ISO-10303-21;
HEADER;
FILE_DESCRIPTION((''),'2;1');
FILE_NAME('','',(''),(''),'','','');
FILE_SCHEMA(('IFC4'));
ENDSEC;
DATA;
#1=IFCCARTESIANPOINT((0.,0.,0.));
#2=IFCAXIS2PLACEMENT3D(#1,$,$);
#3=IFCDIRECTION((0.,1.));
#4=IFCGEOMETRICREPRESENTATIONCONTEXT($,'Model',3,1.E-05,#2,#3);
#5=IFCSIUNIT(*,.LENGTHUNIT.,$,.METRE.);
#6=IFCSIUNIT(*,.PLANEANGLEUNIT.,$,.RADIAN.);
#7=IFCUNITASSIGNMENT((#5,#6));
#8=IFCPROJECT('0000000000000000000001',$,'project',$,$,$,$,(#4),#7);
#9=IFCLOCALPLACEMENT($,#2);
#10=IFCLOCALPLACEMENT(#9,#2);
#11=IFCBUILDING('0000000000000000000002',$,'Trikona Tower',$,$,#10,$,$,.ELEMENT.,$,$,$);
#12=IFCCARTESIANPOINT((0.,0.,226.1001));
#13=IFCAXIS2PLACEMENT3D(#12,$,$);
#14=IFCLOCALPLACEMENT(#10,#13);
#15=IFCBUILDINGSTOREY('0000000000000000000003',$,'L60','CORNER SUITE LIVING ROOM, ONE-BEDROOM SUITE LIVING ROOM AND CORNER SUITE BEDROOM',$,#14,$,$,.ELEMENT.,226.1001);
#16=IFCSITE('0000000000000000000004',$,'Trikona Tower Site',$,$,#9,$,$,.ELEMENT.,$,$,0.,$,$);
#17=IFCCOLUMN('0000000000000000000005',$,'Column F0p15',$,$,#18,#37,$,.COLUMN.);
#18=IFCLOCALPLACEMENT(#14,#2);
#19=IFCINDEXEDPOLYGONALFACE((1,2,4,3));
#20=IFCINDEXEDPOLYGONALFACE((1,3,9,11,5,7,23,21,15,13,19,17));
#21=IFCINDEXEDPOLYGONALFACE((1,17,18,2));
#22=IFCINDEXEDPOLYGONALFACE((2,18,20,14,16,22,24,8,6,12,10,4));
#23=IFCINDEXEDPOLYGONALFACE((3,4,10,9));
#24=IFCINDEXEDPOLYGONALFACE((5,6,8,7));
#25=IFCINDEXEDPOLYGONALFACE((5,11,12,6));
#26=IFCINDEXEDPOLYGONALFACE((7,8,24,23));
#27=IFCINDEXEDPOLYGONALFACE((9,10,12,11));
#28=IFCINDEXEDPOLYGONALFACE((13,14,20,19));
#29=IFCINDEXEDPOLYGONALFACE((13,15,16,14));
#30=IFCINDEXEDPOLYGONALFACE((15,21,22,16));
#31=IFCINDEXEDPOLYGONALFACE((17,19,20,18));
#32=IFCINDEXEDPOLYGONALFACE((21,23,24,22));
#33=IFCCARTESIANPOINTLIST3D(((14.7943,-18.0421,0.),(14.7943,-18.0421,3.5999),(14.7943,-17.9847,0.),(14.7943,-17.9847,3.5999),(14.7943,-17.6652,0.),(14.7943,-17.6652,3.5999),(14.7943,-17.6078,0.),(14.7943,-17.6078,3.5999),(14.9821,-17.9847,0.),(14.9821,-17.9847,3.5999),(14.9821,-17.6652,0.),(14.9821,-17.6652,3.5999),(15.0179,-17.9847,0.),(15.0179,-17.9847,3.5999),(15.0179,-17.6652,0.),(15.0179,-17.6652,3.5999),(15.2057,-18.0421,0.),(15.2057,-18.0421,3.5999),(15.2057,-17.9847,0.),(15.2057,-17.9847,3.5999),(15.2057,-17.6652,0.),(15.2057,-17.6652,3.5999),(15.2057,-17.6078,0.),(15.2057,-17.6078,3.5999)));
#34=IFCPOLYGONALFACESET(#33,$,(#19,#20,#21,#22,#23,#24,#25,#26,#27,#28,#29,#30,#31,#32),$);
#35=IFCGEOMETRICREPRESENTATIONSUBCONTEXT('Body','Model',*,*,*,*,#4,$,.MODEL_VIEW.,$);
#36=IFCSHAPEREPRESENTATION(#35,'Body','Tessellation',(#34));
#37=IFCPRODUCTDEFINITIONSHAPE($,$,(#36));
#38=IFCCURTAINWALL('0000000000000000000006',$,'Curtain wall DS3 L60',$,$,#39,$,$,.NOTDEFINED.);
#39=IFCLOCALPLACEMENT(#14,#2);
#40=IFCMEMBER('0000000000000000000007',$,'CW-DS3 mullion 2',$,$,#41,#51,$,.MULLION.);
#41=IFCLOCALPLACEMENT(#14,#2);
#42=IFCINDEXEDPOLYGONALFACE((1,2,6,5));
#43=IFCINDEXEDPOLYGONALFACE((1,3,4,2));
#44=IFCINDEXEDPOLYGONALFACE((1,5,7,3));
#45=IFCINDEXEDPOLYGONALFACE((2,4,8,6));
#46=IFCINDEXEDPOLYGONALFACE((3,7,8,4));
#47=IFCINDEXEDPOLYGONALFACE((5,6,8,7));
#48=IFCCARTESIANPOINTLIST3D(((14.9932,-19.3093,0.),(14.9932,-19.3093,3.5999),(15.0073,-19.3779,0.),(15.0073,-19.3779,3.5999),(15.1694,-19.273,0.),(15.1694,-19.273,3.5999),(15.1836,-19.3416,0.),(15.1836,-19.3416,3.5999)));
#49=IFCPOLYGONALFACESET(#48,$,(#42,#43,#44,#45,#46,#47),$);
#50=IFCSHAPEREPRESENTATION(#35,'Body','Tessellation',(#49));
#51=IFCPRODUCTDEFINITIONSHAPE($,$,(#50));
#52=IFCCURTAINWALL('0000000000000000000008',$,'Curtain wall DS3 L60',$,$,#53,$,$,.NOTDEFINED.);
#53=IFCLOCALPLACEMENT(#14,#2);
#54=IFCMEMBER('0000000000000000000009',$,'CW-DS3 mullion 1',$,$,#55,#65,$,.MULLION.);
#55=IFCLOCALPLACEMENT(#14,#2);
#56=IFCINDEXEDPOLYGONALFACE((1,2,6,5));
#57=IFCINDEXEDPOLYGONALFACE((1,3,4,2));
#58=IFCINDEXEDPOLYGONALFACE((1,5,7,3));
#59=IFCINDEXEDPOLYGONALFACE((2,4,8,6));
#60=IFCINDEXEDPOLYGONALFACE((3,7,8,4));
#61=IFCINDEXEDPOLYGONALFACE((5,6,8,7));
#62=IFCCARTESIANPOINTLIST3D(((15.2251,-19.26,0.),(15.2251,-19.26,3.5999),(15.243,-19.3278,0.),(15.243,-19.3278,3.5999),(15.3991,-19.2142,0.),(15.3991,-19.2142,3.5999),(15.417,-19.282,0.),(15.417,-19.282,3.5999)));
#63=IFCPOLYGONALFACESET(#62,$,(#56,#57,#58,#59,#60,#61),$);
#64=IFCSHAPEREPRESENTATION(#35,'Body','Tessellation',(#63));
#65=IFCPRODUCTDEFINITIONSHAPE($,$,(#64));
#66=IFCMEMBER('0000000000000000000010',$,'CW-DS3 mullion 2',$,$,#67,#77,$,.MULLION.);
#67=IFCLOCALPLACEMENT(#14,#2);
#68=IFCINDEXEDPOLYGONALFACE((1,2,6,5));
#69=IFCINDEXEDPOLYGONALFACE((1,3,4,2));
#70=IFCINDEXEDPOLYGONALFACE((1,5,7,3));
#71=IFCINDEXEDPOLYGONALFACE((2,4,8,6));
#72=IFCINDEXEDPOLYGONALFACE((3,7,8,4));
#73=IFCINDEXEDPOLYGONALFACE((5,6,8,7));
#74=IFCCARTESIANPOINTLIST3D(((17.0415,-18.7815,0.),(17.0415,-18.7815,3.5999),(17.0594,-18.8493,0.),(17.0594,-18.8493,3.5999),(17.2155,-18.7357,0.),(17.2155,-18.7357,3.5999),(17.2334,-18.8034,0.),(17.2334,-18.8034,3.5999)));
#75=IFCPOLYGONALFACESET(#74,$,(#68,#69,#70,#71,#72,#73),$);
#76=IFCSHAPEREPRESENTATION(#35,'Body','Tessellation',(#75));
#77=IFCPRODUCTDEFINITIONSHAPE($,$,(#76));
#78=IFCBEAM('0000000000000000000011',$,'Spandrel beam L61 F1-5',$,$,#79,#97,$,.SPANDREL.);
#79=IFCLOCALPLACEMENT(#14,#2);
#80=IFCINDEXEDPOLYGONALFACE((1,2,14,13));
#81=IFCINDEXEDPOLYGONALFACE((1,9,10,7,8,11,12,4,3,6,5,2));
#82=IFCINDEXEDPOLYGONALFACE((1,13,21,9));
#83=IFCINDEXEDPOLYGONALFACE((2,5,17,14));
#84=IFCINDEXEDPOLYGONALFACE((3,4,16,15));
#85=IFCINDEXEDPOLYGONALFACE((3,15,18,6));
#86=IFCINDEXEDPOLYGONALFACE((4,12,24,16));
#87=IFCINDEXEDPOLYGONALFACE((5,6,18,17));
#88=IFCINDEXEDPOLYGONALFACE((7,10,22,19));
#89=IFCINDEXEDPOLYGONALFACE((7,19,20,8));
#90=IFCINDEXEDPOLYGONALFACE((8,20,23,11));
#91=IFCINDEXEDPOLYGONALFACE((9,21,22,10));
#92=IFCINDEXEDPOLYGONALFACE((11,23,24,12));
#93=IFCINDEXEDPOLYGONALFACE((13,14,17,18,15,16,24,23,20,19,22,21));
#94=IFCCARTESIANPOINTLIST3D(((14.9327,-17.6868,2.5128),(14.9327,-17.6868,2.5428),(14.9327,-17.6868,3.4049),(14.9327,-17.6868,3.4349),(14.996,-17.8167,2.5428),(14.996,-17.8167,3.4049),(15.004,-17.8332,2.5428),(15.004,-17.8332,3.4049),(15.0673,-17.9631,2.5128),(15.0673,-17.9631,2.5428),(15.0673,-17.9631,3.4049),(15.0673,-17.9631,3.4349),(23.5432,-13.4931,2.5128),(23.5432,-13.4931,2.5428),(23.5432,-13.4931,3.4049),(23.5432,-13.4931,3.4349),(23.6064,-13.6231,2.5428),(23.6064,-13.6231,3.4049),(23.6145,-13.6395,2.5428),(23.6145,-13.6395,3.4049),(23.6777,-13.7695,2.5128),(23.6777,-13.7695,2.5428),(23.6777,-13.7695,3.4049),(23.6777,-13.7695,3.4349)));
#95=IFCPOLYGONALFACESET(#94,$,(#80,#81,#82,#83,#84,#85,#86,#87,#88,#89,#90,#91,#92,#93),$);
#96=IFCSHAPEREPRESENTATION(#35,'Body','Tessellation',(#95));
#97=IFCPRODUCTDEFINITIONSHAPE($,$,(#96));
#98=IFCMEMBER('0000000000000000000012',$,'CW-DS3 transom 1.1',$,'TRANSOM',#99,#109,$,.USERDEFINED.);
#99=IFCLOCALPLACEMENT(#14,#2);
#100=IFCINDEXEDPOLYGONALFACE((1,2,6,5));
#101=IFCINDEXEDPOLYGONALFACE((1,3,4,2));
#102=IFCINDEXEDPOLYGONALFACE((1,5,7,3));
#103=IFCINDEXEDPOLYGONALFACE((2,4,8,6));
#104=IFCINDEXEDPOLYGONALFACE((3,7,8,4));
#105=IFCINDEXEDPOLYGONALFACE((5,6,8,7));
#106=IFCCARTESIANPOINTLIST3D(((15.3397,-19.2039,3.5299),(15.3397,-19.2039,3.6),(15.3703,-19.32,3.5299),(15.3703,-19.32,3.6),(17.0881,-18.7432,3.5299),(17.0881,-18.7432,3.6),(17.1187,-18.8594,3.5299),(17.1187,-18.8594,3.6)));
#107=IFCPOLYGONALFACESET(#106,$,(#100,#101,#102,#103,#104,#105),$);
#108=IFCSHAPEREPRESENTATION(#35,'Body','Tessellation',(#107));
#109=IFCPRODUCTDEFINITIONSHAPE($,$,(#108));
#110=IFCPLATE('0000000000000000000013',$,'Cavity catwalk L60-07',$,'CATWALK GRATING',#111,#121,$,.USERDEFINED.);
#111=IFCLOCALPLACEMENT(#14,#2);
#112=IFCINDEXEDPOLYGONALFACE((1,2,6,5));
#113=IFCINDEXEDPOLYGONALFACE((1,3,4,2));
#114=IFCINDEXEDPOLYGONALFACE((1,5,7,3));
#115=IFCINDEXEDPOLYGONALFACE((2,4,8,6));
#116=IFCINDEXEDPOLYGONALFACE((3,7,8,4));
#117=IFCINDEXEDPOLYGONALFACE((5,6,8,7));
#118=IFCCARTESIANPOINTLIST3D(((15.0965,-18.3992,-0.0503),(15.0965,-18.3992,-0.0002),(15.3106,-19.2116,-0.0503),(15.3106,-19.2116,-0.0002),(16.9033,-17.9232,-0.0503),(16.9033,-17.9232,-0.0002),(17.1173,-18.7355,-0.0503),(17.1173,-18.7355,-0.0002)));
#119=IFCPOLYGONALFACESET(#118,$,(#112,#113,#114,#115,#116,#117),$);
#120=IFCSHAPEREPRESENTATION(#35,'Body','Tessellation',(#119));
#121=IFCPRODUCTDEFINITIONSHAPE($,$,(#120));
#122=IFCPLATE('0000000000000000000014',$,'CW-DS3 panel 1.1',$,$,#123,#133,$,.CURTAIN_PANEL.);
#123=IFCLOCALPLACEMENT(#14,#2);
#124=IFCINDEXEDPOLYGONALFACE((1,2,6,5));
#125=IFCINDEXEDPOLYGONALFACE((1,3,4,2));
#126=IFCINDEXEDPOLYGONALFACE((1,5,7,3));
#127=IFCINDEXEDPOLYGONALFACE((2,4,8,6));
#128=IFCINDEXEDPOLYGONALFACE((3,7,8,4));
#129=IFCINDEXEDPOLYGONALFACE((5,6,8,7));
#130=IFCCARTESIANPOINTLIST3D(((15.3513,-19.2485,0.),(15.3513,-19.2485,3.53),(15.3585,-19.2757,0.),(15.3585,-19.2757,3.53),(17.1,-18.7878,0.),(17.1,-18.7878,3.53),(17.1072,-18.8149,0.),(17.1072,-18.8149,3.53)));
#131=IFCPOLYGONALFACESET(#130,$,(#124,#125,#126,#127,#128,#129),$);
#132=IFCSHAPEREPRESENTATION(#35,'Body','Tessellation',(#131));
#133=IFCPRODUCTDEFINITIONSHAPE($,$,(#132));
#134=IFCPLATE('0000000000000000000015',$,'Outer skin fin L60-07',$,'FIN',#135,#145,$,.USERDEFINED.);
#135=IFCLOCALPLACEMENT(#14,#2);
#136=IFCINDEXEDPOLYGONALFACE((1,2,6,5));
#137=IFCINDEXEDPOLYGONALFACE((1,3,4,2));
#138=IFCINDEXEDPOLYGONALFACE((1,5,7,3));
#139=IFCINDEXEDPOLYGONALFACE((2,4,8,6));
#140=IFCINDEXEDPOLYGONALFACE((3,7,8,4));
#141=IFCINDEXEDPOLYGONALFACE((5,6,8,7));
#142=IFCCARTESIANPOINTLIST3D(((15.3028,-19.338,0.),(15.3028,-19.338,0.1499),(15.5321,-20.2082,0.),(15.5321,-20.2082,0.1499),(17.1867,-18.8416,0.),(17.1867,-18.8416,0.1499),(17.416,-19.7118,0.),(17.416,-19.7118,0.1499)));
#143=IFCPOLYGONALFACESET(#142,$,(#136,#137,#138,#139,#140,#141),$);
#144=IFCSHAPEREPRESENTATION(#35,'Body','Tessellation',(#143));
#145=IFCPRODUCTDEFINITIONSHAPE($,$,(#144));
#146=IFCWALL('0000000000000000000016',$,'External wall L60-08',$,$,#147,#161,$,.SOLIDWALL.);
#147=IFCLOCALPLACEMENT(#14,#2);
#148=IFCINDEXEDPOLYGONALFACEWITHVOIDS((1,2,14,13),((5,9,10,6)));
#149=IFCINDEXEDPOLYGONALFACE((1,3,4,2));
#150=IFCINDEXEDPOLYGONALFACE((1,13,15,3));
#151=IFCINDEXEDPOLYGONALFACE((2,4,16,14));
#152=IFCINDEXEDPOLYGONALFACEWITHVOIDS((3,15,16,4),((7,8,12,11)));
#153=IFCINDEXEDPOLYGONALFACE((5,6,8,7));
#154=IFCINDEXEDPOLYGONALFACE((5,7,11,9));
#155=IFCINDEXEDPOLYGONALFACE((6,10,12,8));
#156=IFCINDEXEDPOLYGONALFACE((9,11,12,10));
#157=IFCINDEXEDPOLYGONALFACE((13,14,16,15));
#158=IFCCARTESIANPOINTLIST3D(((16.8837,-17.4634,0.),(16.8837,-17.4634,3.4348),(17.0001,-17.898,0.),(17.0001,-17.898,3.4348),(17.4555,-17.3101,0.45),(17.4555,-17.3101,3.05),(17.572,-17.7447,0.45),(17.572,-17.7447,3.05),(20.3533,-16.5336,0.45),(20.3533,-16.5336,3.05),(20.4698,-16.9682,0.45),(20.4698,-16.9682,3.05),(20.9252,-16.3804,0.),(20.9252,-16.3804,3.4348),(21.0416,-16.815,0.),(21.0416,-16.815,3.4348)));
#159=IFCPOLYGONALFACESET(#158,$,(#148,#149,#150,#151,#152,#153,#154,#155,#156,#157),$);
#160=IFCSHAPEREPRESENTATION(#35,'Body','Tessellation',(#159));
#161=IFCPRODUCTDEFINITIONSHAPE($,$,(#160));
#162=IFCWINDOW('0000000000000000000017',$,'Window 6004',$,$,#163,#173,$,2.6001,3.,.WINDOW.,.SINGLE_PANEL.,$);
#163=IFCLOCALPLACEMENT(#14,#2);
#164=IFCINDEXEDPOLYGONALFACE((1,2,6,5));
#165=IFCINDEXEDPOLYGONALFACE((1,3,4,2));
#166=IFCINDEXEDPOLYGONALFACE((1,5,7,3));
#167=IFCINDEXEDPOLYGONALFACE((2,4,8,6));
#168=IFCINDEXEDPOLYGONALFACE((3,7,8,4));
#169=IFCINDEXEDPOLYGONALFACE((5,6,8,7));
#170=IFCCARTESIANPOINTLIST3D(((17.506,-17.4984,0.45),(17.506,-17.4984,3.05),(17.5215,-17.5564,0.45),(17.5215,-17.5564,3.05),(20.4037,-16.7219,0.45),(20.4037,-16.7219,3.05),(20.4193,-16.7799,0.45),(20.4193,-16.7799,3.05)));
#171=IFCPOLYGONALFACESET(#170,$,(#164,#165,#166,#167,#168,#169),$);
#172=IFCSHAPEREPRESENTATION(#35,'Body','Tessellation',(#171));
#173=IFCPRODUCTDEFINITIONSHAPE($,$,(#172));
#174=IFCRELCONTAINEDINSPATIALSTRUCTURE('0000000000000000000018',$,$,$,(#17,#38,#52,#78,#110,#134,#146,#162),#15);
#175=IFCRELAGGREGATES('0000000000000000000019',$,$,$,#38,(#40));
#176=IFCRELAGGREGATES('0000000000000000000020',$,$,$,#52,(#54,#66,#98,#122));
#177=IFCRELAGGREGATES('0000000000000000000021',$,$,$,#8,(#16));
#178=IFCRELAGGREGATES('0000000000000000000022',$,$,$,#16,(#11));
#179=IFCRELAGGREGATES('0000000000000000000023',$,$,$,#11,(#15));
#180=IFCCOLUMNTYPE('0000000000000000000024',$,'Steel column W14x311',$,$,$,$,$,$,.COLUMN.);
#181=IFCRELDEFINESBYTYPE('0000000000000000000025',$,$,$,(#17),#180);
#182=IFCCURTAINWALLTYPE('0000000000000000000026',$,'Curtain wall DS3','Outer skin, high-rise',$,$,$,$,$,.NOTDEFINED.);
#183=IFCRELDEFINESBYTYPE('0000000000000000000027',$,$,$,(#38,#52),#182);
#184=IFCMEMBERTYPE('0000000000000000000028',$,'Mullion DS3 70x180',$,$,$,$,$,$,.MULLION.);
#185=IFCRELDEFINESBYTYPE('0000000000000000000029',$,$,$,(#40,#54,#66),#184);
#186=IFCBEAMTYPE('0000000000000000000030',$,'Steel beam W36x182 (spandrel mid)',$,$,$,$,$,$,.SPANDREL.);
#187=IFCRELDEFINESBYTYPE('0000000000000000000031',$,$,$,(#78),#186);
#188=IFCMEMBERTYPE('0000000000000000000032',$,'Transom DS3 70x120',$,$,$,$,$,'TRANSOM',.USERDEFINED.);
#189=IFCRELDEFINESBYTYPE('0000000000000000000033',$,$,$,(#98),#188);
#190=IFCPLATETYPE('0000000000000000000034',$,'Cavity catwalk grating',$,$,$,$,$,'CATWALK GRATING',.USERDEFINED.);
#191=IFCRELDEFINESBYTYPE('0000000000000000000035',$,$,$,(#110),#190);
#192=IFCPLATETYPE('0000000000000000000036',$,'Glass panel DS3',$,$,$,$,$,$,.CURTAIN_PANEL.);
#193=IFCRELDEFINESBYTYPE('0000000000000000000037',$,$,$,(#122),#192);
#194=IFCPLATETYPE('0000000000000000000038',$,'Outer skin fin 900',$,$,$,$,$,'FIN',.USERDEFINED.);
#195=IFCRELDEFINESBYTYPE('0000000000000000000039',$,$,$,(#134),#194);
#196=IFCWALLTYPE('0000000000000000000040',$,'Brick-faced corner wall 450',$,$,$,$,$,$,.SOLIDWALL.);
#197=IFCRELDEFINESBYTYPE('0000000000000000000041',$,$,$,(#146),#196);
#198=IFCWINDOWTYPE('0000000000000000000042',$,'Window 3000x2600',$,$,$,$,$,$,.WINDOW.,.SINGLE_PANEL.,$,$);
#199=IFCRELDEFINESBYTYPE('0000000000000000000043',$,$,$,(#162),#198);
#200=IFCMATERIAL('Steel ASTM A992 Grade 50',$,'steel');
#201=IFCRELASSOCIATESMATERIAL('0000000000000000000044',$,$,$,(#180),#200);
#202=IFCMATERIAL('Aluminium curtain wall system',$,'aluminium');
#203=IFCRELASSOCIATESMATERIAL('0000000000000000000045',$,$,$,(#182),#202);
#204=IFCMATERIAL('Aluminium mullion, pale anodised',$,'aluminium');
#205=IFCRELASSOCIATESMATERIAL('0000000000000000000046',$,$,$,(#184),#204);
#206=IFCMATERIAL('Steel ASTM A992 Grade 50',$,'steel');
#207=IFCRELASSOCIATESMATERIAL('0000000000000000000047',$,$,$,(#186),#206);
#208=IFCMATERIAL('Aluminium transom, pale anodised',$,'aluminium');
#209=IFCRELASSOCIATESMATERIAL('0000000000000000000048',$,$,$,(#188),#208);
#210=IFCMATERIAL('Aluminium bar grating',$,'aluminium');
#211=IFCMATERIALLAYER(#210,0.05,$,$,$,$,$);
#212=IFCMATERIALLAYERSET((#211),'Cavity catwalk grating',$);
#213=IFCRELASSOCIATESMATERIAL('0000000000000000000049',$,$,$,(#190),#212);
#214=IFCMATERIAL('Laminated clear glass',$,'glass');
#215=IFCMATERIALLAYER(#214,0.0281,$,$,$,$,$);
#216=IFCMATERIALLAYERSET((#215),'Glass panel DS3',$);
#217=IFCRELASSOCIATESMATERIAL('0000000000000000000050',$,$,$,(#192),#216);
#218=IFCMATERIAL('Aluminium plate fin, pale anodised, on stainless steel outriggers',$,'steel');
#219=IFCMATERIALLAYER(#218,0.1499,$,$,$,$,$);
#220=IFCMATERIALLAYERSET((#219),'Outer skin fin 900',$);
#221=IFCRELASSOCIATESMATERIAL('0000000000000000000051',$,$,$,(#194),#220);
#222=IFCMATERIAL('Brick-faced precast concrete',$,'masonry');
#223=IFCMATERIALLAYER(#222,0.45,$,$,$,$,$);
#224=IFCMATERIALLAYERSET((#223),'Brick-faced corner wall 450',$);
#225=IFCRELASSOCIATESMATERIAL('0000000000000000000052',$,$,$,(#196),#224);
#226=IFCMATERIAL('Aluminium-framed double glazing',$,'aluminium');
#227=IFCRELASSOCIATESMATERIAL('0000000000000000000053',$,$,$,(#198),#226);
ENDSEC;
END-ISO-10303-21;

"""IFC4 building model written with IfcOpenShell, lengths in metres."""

from ifc_helpers import new_model, si_unit, direction, frame, frame_2d, origin, origin_2d, place, context, subcontext, project, spatial, rectangle, i_section, extrude, material, layer, layer_set, material_profile, profile_set, type_object, element, fill, aggregate, save


model = new_model("IFC4")

# Units and contexts
model_context = context("Model", 3, precision=1e-05, world=origin(), true_north=direction((0.0, 1.0)))
body_context = subcontext(model_context, "Body", "Model", "MODEL_VIEW")
ifc_project = project(units=[si_unit("LENGTHUNIT", "METRE"), si_unit("PLANEANGLEUNIT", "RADIAN")], contexts=[model_context])

# Site, building, storey
site_placement = place(None, origin())
site = spatial("IfcSite", under=ifc_project, at=site_placement, Name="Trikona Tower Site", CompositionType="ELEMENT", RefElevation=0.0)
building_placement = place(site_placement, origin())
building = spatial("IfcBuilding", under=site, at=building_placement, Name="Trikona Tower", CompositionType="ELEMENT")
storey_placement = place(building_placement, frame((0.0, 0.0, 226.1001)))
storey = spatial("IfcBuildingStorey", under=building, at=storey_placement, Name="L60", Description="CORNER SUITE LIVING ROOM, ONE-BEDROOM SUITE LIVING ROOM AND CORNER SUITE BEDROOM", CompositionType="ELEMENT", Elevation=226.1001)

# Column
ifc_material_1 = material(Name="Steel ASTM A992 Grade 50", Category="steel")
ifc_material_profile_1 = material_profile(ifc_material_1, i_section(OverallWidth=0.4114, OverallDepth=0.4343, WebThickness=0.0359, FlangeThickness=0.0574, at=origin_2d()), Name="W14X311")
ifc_profile_set_1 = profile_set([ifc_material_profile_1], Name="Steel ASTM A992 Grade 50")
column_type = type_object("IfcColumnType", Name="Steel column W14x311", PredefinedType="COLUMN", material=ifc_profile_set_1)
column_placement = place(storey_placement, frame((15.0, -17.825, 0.0), z_axis=(0.0, 0.0, 1.0), x_axis=(1.0, 0.0, 0.0)))
element("IfcColumn", 1, at=column_placement, inside=storey, type_object=column_type, Name="Column F0p15", PredefinedType="COLUMN", context=body_context, shape_type="SweptSolid", body=[
    extrude(i_section(OverallWidth=0.4114, OverallDepth=0.4343, WebThickness=0.0359, FlangeThickness=0.0574, at=origin_2d()), origin(), (0.0, 0.0, 1.0), 3.5999),
])

# Curtain wall, member
ifc_material_2 = material(Name="Aluminium curtain wall system", Category="aluminium")
curtain_wall_type = type_object("IfcCurtainWallType", Name="Curtain wall DS3", Description="Outer skin, high-rise", PredefinedType="NOTDEFINED", material=ifc_material_2)
curtain_wall_1_placement = place(storey_placement, origin())
curtain_wall_1 = element("IfcCurtainWall", 2, at=curtain_wall_1_placement, inside=storey, type_object=curtain_wall_type, Name="Curtain wall DS3 L60", PredefinedType="NOTDEFINED")
ifc_material_3 = material(Name="Aluminium mullion, pale anodised", Category="aluminium")
ifc_material_profile_2 = material_profile(ifc_material_3, rectangle(XDim=0.0701, YDim=0.1799, at=origin_2d()), Name="MUL-DS3")
ifc_profile_set_2 = profile_set([ifc_material_profile_2], Name="Aluminium mullion, pale anodised")
member_type_1 = type_object("IfcMemberType", Name="Mullion DS3 70x180", PredefinedType="MULLION", material=ifc_profile_set_2)
member_1_placement = place(storey_placement, frame((15.0884, -19.3254, 0.0), z_axis=(0.0, 0.0, 1.0), x_axis=(-0.201653, 0.979457, 0.0)))
member_1 = element("IfcMember", 3, at=member_1_placement, type_object=member_type_1, Name="CW-DS3 mullion 2", PredefinedType="MULLION", context=body_context, shape_type="SweptSolid", body=[
    extrude(rectangle(XDim=0.0701, YDim=0.1799, at=origin_2d()), origin(), (0.0, 0.0, 1.0), 3.5999),
])
aggregate(curtain_wall_1, [member_1])

# Curtain wall, members
curtain_wall_2_placement = place(storey_placement, origin())
curtain_wall_2 = element("IfcCurtainWall", 4, at=curtain_wall_2_placement, inside=storey, type_object=curtain_wall_type, Name="Curtain wall DS3 L60", PredefinedType="NOTDEFINED")
member_2_placement = place(storey_placement, frame((15.321, -19.271, 0.0), z_axis=(0.0, 0.0, 1.0), x_axis=(-0.254786, 0.966997, 0.0)))
member_2 = element("IfcMember", 5, at=member_2_placement, type_object=member_type_1, Name="CW-DS3 mullion 1", PredefinedType="MULLION", context=body_context, shape_type="SweptSolid", body=[
    extrude(rectangle(XDim=0.0701, YDim=0.1799, at=origin_2d()), origin(), (0.0, 0.0, 1.0), 3.5999),
])
member_3_placement = place(storey_placement, frame((17.1375, -18.7925, 0.0), z_axis=(0.0, 0.0, 1.0), x_axis=(-0.254786, 0.966997, 0.0)))
member_3 = element("IfcMember", 6, at=member_3_placement, type_object=member_type_1, Name="CW-DS3 mullion 2", PredefinedType="MULLION", context=body_context, shape_type="SweptSolid", body=[
    extrude(rectangle(XDim=0.0701, YDim=0.1799, at=origin_2d()), origin(), (0.0, 0.0, 1.0), 3.5999),
])

# Beam
ifc_material_4 = material(Name="Steel ASTM A992 Grade 50", Category="steel")
ifc_material_profile_3 = material_profile(ifc_material_4, i_section(OverallWidth=0.3074, OverallDepth=0.9221, WebThickness=0.0183, FlangeThickness=0.03, at=origin_2d()), Name="W36X182")
ifc_profile_set_3 = profile_set([ifc_material_profile_3], Name="Steel ASTM A992 Grade 50")
beam_type = type_object("IfcBeamType", Name="Steel beam W36x182 (spandrel mid)", PredefinedType="SPANDREL", material=ifc_profile_set_3)
beam_placement = place(storey_placement, frame((15.0, -17.825, 2.9739), z_axis=(0.899039, 0.43787, 0.0), x_axis=(-0.43787, 0.899039, 0.0)))
element("IfcBeam", 7, at=beam_placement, inside=storey, type_object=beam_type, Name="Spandrel beam L61 F1-5", PredefinedType="SPANDREL", context=body_context, shape_type="SweptSolid", body=[
    extrude(i_section(OverallWidth=0.3074, OverallDepth=0.9221, WebThickness=0.0183, FlangeThickness=0.03, at=origin_2d()), origin(), (0.0, 0.0, 1.0), 9.5774),
])

# Member
ifc_material_5 = material(Name="Aluminium transom, pale anodised", Category="aluminium")
ifc_material_profile_4 = material_profile(ifc_material_5, rectangle(XDim=0.1201, YDim=0.0701, at=origin_2d()), Name="TRN-DS3")
ifc_profile_set_4 = profile_set([ifc_material_profile_4], Name="Aluminium transom, pale anodised")
member_type_2 = type_object("IfcMemberType", Name="Transom DS3 70x120", ElementType="TRANSOM", PredefinedType="USERDEFINED", material=ifc_profile_set_4)
member_4_placement = place(storey_placement, frame((15.355, -19.262, 3.5649), z_axis=(0.966999, 0.254779, 0.0), x_axis=(-0.254779, 0.966999, 0.0)))
member_4 = element("IfcMember", 8, at=member_4_placement, type_object=member_type_2, Name="CW-DS3 transom 1.1", ObjectType="TRANSOM", PredefinedType="USERDEFINED", context=body_context, shape_type="SweptSolid", body=[
    extrude(rectangle(XDim=0.1201, YDim=0.0701, at=origin_2d()), origin(), (0.0, 0.0, 1.0), 1.8081),
])

# Plates
ifc_material_6 = material(Name="Aluminium bar grating", Category="aluminium")
ifc_layer_1 = layer(ifc_material_6, 0.05)
ifc_layer_set_1 = layer_set([ifc_layer_1], Name="Cavity catwalk grating")
plate_type_1 = type_object("IfcPlateType", Name="Cavity catwalk grating", ElementType="CATWALK GRATING", PredefinedType="USERDEFINED", material=ifc_layer_set_1)
plate_1_placement = place(storey_placement, frame((16.1069, -18.5674, -0.0503), z_axis=(0.0, 0.0, 1.0), x_axis=(0.966993, 0.254803, 0.0)))
element("IfcPlate", 9, at=plate_1_placement, inside=storey, type_object=plate_type_1, Name="Cavity catwalk L60-07", ObjectType="CATWALK GRATING", PredefinedType="USERDEFINED", context=body_context, shape_type="SweptSolid", body=[
    extrude(rectangle(XDim=1.8684, YDim=0.8401, at=origin_2d()), origin(), (0.0, 0.0, 1.0), 0.05),
])
ifc_material_7 = material(Name="Laminated clear glass", Category="glass")
ifc_layer_2 = layer(ifc_material_7, 0.0281)
ifc_layer_set_2 = layer_set([ifc_layer_2], Name="Glass panel DS3")
plate_type_2 = type_object("IfcPlateType", Name="Glass panel DS3", PredefinedType="CURTAIN_PANEL", material=ifc_layer_set_2)
plate_2_placement = place(storey_placement, frame((16.2292, -19.0317, 0.0), z_axis=(0.0, 0.0, 1.0), x_axis=(0.966997, 0.254786, 0.0)))
plate_2 = element("IfcPlate", 10, at=plate_2_placement, type_object=plate_type_2, Name="CW-DS3 panel 1.1", PredefinedType="CURTAIN_PANEL", context=body_context, shape_type="SweptSolid", body=[
    extrude(rectangle(XDim=1.8083, YDim=0.0281, at=origin_2d()), origin(), (0.0, 0.0, 1.0), 3.53),
])
aggregate(curtain_wall_2, [member_2, member_3, member_4, plate_2])
ifc_material_8 = material(Name="Aluminium plate fin, pale anodised, on stainless steel outriggers", Category="steel")
ifc_layer_3 = layer(ifc_material_8, 0.1499)
ifc_layer_set_3 = layer_set([ifc_layer_3], Name="Outer skin fin 900")
plate_type_3 = type_object("IfcPlateType", Name="Outer skin fin 900", ElementType="FIN", PredefinedType="USERDEFINED", material=ifc_layer_set_3)
plate_3_placement = place(storey_placement, frame((16.3594, -19.5249, 0.0), z_axis=(0.0, 0.0, 1.0), x_axis=(0.966993, 0.254803, 0.0)))
element("IfcPlate", 11, at=plate_3_placement, inside=storey, type_object=plate_type_3, Name="Outer skin fin L60-07", ObjectType="FIN", PredefinedType="USERDEFINED", context=body_context, shape_type="SweptSolid", body=[
    extrude(rectangle(XDim=1.9482, YDim=0.8999, at=origin_2d()), origin(), (0.0, 0.0, 1.0), 0.1499),
])

# Wall, opening, window
ifc_material_9 = material(Name="Brick-faced precast concrete", Category="masonry")
ifc_layer_4 = layer(ifc_material_9, 0.45)
ifc_layer_set_4 = layer_set([ifc_layer_4], Name="Brick-faced corner wall 450")
wall_type_1 = type_object("IfcWallType", Name="Brick-faced corner wall 450", PredefinedType="SOLIDWALL", material=ifc_layer_set_4)
wall_1_placement = place(storey_placement, frame((16.9419, -17.6807, 0.0), z_axis=(0.0, 0.0, 1.0), x_axis=(0.96592, 0.258839, 0.0)))
wall_1 = element("IfcWall", 12, at=wall_1_placement, inside=storey, type_object=wall_type_1, Name="External wall L60-08", PredefinedType="SOLIDWALL", context=body_context, shape_type="SweptSolid", body=[
    extrude(rectangle(XDim=4.1841, YDim=0.45, at=frame_2d((2.092, 0.0))), origin(), (0.0, 0.0, 1.0), 3.4348),
])
opening_placement = place(wall_1_placement, frame((0.592, 0.0, 0.45)))
opening = element("IfcOpeningElement", 13, at=opening_placement, cuts=wall_1, PredefinedType="OPENING", context=body_context, shape_type="SweptSolid", body=[
    extrude(rectangle(XDim=3.0, YDim=2.6001, at=frame_2d((1.5, 1.3))), frame((0.0, 0.2349, 0.0), z_axis=(0.0, -1.0, 0.0), x_axis=(1.0, 0.0, 0.0)), (0.0, 0.0, 1.0), 0.47),
])
ifc_material_10 = material(Name="Aluminium-framed double glazing", Category="aluminium")
window_type = type_object("IfcWindowType", Name="Window 3000x2600", PartitioningType="SINGLE_PANEL", PredefinedType="WINDOW", material=ifc_material_10)
window_placement = place(opening_placement, origin())
window = element("IfcWindow", 14, at=window_placement, inside=storey, type_object=window_type, Name="Window 6004", OverallHeight=2.6001, OverallWidth=3.0, PartitioningType="SINGLE_PANEL", PredefinedType="WINDOW", context=body_context, shape_type="SweptSolid", body=[
    extrude(rectangle(XDim=3.0, YDim=2.6001, at=frame_2d((1.5, 1.3))), frame((0.0, 0.03, 0.0), z_axis=(0.0, -1.0, 0.0), x_axis=(1.0, 0.0, 0.0)), (0.0, 0.0, 1.0), 0.0601),
])
fill(opening, window)

save(model, "model.ifc")
